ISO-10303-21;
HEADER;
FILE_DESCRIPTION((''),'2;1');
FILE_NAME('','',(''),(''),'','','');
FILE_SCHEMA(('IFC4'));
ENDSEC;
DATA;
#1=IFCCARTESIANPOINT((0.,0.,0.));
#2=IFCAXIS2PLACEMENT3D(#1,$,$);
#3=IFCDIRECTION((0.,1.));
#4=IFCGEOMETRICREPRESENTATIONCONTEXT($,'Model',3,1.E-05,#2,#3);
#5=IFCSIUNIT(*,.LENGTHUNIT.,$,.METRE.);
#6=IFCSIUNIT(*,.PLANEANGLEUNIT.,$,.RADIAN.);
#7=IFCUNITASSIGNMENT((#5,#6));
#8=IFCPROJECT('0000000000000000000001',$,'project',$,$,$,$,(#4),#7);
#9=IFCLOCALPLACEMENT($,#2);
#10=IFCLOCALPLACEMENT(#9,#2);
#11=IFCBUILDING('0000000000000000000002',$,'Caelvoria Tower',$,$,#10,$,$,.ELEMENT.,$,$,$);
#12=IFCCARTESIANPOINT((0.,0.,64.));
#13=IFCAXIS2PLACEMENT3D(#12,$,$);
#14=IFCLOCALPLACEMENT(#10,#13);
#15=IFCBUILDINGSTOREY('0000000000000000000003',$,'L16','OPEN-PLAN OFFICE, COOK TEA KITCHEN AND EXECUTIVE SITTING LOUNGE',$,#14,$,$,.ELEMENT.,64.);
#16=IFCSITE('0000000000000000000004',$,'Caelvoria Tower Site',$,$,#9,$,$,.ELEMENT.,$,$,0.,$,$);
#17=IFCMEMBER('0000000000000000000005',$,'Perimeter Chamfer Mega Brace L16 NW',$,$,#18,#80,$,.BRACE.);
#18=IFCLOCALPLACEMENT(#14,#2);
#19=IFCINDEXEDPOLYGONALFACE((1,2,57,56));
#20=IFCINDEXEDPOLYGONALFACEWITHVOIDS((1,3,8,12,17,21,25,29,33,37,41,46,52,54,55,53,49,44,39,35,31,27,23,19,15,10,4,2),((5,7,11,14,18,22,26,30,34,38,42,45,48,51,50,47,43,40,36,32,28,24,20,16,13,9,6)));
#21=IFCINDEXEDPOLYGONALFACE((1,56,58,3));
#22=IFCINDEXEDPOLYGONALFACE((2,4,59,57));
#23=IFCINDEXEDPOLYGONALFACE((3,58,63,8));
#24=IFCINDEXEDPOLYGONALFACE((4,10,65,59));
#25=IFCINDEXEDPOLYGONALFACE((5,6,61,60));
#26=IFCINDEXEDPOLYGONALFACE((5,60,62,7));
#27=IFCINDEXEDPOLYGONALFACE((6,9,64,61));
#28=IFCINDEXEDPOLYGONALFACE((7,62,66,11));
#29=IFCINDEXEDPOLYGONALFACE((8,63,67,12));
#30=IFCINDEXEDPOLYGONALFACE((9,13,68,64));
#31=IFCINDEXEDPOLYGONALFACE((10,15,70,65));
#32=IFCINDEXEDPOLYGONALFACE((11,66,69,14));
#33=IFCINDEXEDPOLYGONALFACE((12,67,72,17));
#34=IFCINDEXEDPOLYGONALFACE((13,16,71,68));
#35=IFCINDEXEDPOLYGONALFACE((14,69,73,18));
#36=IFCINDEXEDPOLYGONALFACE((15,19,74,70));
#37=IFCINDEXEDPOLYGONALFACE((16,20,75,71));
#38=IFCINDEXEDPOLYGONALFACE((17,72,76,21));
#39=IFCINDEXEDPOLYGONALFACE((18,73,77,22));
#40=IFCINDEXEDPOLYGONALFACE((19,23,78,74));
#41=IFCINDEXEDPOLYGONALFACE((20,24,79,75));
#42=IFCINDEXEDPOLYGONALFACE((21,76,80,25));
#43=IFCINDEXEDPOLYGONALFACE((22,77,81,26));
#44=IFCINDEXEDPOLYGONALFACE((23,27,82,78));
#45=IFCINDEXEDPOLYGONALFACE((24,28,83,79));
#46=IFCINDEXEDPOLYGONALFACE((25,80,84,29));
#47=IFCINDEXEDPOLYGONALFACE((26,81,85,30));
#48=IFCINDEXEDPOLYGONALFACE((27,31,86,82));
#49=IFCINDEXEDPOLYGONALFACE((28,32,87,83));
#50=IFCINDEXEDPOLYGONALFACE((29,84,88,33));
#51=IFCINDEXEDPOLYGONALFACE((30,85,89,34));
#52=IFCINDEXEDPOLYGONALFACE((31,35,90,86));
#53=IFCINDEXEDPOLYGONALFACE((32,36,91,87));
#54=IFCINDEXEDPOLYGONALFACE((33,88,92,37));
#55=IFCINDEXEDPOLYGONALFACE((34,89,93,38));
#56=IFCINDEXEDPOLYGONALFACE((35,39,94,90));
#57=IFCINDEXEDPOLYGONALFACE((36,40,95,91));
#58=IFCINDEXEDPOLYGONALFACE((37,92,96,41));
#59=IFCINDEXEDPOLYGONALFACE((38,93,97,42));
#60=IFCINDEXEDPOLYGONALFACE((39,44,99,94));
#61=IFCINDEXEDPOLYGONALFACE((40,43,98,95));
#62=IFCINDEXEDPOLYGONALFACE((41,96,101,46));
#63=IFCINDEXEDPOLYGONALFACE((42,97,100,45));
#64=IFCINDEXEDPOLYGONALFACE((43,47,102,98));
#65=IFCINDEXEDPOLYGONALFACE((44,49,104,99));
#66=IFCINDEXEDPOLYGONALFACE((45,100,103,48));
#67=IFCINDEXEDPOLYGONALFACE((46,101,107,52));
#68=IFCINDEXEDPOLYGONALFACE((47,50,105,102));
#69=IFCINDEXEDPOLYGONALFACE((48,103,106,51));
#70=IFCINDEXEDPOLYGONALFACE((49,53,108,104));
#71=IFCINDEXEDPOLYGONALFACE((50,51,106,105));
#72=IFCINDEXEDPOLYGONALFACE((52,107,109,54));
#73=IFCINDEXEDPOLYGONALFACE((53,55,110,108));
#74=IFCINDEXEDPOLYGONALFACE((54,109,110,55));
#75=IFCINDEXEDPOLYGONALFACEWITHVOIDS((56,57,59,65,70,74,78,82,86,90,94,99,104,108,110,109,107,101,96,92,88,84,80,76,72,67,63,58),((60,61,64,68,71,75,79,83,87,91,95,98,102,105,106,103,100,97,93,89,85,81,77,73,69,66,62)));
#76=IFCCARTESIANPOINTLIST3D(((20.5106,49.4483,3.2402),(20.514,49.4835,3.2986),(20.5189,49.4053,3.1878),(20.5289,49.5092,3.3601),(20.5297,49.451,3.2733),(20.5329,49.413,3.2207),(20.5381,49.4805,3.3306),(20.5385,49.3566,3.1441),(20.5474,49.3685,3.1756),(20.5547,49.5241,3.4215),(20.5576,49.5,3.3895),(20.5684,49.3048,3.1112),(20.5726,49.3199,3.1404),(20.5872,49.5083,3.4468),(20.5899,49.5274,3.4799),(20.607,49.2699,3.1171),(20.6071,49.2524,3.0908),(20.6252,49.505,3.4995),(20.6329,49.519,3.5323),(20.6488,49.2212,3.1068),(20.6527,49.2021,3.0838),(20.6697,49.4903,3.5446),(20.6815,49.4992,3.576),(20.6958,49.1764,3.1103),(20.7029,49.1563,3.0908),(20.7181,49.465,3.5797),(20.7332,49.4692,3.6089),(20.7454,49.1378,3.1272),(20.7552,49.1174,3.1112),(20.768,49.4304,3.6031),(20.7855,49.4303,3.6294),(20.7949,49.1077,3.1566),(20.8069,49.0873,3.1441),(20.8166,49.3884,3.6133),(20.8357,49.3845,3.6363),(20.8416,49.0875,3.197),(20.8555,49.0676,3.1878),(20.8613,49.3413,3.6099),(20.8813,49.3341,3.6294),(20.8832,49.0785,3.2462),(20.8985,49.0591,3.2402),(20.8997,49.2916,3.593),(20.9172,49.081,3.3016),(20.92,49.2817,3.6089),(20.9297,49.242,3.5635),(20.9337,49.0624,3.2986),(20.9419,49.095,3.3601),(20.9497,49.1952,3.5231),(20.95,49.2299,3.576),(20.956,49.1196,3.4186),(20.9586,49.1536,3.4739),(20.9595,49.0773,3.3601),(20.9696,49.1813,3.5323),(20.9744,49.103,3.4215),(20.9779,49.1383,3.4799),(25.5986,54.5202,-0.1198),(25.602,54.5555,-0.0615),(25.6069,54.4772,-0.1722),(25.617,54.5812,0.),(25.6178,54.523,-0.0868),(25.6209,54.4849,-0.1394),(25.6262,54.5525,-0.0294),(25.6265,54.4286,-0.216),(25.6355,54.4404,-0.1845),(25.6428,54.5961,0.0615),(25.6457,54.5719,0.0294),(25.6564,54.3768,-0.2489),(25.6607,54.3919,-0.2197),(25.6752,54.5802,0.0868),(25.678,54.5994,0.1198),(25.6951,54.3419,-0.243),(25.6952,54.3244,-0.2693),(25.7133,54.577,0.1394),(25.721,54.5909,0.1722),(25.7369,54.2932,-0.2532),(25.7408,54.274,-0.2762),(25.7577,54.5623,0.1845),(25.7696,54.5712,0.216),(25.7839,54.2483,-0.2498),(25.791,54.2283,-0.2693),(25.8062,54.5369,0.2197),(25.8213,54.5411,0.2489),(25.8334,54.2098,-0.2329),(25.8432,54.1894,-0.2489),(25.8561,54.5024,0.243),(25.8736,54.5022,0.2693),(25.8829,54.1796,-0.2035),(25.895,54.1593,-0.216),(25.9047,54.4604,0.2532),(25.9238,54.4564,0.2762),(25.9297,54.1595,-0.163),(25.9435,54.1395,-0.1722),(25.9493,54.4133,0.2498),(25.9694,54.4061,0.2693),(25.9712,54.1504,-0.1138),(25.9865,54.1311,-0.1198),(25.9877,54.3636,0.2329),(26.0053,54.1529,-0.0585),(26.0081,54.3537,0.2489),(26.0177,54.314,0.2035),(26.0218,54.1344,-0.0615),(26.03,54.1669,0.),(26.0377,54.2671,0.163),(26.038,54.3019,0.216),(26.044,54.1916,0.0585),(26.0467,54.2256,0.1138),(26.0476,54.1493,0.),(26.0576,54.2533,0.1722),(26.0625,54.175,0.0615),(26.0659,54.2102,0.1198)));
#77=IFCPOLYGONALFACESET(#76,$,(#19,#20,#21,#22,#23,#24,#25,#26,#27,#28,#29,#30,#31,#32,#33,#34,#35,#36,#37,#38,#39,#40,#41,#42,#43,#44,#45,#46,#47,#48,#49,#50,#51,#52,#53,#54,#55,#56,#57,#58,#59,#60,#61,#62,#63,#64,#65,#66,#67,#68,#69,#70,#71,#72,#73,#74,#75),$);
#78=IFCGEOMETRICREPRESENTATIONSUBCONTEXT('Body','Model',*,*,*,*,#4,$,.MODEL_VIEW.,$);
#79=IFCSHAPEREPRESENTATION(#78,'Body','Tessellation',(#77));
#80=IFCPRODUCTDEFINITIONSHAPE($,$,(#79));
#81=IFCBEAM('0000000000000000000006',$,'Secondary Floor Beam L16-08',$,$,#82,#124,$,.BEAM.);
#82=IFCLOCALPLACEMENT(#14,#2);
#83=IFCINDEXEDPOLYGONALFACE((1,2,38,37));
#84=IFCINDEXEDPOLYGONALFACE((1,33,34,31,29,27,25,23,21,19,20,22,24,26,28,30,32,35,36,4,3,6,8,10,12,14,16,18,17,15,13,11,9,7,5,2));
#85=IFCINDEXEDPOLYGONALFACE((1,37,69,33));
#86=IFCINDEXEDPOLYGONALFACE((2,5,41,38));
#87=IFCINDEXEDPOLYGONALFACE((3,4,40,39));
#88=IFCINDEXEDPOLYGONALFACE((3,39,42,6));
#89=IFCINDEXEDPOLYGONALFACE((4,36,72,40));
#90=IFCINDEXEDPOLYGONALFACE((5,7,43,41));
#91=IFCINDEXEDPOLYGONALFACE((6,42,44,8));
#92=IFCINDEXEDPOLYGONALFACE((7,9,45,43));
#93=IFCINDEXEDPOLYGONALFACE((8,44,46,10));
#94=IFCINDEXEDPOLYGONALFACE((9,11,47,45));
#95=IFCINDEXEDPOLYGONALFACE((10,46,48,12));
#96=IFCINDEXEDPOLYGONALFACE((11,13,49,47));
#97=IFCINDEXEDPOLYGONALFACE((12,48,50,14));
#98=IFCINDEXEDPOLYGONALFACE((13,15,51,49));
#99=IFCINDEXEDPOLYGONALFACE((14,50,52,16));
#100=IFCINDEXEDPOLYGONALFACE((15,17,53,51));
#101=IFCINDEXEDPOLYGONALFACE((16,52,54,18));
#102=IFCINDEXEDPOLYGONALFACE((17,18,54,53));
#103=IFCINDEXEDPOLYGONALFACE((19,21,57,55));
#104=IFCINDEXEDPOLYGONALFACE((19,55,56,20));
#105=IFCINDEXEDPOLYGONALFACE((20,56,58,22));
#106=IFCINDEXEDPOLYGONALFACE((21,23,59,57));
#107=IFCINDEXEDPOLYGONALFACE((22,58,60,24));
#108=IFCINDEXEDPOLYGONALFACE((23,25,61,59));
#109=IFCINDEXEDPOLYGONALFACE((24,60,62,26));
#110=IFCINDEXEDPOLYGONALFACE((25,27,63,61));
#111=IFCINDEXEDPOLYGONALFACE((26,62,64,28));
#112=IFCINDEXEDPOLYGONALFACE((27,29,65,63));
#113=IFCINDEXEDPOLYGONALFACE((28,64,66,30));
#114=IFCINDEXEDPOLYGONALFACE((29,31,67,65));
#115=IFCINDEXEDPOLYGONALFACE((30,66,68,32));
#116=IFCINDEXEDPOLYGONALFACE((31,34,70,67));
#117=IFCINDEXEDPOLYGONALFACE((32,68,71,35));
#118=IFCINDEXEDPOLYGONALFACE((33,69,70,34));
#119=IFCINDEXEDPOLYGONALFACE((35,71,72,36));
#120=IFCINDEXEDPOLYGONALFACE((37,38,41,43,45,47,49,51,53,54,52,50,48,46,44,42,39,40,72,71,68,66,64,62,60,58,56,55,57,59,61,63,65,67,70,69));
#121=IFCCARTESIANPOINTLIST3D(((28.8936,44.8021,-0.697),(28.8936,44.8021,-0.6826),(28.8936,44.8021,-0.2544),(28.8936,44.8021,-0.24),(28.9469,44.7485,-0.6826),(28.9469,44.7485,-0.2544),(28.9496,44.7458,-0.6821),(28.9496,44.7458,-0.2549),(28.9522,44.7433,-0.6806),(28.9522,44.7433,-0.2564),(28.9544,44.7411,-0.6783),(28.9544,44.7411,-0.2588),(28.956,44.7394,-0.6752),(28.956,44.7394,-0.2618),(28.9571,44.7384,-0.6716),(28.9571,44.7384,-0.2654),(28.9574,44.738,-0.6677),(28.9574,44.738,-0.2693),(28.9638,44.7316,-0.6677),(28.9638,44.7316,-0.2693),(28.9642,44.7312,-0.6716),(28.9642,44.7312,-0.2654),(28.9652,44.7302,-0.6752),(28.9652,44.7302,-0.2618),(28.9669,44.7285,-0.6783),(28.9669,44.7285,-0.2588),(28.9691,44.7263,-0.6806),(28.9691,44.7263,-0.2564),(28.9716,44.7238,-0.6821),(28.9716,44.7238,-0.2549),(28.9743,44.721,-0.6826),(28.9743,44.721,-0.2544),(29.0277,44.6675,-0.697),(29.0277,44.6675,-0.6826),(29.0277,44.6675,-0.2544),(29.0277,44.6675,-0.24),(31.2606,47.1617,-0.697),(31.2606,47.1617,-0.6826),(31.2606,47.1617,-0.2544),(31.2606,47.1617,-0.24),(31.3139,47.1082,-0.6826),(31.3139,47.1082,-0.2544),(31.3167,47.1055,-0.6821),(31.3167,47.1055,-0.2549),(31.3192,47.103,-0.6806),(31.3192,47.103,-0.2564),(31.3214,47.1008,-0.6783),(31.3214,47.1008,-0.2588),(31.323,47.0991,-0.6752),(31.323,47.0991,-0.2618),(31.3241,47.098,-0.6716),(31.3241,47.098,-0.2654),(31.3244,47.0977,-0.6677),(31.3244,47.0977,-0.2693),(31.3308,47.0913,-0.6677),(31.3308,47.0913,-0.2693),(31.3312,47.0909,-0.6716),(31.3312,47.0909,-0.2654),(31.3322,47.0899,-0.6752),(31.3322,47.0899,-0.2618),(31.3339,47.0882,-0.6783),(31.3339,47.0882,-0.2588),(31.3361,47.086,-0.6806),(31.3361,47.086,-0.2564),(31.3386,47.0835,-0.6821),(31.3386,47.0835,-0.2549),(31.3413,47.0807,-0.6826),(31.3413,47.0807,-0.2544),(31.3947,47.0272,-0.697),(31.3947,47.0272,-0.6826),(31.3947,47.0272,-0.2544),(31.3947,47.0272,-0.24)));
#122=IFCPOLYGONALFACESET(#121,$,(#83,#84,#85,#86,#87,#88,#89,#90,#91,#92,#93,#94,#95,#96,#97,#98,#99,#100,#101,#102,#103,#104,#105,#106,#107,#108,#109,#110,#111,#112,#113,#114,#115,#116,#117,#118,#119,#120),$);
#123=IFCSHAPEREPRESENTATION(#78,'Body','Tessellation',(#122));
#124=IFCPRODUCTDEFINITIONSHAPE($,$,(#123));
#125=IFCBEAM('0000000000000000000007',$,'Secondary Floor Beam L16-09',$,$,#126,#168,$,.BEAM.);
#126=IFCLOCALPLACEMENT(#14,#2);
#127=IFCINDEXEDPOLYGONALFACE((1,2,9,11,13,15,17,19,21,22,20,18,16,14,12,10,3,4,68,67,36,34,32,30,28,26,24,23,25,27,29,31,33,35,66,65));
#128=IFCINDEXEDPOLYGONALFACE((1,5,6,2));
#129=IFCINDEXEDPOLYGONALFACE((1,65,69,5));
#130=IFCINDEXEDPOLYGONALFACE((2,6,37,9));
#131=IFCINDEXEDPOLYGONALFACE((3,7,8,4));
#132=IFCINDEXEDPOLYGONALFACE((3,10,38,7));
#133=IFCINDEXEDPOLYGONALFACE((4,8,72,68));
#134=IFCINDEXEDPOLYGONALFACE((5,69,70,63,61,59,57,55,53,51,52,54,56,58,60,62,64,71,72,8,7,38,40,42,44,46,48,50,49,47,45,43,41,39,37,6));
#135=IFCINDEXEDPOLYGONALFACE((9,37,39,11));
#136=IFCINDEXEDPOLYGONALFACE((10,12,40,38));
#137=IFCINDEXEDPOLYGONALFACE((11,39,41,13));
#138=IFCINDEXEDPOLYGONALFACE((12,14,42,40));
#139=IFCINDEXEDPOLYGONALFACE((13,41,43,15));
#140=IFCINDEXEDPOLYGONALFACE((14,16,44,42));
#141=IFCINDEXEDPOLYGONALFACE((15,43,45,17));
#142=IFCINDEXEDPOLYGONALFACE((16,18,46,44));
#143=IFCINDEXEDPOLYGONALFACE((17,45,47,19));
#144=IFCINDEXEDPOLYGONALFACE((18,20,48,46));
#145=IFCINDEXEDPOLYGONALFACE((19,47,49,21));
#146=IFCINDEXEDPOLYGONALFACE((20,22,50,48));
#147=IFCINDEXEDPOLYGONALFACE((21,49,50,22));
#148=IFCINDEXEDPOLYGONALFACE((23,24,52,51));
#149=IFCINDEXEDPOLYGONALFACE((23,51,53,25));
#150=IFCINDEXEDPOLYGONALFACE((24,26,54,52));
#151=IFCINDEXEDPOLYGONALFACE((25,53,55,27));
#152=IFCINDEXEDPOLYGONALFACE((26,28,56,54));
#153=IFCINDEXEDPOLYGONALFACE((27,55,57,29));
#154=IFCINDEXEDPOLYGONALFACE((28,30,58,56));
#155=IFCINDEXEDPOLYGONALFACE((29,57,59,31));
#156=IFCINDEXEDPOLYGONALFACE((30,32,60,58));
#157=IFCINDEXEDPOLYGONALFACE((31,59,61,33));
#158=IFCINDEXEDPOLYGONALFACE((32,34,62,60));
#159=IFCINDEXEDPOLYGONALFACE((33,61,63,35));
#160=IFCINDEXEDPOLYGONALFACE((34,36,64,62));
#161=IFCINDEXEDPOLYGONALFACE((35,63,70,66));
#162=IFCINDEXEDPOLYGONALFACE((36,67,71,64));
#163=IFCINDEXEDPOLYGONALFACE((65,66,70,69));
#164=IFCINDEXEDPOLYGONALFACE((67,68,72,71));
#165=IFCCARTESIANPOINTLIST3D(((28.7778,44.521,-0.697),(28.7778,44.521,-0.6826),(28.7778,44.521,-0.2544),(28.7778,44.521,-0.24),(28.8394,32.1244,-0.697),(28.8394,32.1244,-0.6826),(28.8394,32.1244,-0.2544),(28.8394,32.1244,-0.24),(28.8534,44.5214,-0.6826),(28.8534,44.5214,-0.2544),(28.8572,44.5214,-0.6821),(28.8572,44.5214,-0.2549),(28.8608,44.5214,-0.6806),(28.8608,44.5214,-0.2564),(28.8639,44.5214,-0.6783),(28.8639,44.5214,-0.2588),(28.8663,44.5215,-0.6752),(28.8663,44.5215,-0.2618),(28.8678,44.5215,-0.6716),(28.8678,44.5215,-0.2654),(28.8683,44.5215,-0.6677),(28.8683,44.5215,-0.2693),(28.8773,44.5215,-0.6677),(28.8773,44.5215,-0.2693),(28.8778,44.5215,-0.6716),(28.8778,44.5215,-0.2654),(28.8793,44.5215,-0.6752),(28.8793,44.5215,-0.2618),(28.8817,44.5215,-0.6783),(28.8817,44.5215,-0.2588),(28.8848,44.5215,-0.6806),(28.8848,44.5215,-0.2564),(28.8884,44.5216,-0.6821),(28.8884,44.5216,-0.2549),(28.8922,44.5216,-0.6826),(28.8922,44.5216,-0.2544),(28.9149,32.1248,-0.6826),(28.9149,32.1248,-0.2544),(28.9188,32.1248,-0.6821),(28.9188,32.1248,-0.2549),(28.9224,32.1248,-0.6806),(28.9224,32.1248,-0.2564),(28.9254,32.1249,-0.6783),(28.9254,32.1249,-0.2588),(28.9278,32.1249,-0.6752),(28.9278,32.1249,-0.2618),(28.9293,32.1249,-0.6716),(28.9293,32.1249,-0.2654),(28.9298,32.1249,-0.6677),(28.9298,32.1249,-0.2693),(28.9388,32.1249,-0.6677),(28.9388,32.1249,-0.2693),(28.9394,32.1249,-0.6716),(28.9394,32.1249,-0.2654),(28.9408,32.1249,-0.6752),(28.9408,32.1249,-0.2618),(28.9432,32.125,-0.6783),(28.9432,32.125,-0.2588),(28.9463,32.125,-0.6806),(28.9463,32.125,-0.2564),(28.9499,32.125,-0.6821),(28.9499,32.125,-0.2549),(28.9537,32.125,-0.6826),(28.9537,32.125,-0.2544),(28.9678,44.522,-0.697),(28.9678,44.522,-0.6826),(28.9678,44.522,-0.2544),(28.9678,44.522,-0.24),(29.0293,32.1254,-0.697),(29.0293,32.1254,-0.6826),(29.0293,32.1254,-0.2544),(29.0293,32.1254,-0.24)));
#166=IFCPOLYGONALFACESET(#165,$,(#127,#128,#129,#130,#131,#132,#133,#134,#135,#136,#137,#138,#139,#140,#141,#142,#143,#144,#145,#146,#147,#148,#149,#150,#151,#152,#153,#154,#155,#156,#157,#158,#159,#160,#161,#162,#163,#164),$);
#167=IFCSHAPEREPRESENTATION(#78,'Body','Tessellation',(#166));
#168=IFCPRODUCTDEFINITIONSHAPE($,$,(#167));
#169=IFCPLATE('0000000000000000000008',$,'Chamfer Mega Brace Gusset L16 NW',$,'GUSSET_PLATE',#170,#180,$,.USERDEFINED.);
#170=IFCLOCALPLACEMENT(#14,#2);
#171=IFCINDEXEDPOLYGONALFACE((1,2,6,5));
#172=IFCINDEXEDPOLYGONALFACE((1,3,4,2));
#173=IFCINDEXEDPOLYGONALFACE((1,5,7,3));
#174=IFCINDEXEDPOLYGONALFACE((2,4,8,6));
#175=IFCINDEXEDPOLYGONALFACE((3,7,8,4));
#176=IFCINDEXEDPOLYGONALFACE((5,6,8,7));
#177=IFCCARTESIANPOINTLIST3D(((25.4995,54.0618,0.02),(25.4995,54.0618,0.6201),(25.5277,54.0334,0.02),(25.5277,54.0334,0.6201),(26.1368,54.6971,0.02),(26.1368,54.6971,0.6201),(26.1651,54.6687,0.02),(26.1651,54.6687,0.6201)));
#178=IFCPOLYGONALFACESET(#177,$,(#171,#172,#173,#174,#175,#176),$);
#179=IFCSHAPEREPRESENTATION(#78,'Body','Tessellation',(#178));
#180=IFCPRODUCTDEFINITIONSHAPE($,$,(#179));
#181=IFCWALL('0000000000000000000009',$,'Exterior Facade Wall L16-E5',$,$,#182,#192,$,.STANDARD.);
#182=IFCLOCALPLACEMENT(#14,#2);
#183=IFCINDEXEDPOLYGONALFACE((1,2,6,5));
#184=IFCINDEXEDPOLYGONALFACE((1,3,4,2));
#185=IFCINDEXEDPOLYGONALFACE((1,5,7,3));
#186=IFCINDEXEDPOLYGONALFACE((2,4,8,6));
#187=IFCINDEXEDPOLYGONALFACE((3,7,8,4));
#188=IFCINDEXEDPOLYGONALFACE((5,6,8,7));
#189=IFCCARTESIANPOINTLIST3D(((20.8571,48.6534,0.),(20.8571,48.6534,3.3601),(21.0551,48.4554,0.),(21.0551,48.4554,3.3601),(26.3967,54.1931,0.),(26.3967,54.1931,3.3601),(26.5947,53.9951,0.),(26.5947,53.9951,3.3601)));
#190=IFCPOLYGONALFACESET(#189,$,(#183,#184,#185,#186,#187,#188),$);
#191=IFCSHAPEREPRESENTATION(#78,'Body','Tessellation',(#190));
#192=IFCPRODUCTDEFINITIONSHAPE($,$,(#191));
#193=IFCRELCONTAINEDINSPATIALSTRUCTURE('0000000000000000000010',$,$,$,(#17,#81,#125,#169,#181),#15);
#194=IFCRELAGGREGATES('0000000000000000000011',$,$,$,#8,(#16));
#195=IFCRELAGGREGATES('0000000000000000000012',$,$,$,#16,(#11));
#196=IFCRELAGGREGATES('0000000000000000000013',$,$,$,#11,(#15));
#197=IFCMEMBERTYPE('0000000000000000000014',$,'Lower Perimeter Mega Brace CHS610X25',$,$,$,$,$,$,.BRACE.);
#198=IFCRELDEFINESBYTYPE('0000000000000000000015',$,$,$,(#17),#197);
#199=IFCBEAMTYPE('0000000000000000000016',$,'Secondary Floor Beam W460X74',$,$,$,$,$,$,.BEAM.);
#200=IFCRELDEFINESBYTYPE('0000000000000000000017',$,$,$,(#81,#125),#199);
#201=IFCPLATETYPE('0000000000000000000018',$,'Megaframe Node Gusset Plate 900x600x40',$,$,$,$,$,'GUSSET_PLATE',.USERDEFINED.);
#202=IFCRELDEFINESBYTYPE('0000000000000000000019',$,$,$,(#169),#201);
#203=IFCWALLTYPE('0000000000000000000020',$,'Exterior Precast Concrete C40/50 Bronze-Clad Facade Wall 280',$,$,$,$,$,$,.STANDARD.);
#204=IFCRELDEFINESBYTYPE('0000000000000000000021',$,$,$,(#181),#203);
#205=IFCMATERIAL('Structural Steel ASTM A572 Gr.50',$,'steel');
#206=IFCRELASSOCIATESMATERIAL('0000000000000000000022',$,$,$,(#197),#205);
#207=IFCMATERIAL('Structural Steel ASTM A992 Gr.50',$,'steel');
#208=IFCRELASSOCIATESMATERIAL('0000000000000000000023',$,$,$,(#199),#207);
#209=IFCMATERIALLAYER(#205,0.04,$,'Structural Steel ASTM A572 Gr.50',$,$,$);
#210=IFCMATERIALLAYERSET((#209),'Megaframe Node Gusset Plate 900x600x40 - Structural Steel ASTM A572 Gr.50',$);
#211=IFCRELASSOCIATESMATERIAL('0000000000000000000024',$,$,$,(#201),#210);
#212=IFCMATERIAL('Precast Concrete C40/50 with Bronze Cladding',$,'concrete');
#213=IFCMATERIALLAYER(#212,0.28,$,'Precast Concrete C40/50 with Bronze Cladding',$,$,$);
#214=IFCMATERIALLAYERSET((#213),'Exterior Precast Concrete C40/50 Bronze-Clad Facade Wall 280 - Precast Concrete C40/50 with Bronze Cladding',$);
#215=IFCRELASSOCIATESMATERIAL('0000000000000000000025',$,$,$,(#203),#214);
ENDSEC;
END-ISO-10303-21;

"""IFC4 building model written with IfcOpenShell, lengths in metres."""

from ifc_helpers import new_model, si_unit, direction, frame, frame_2d, origin, origin_2d, place, context, subcontext, project, spatial, rectangle, hollow_circle, i_section, extrude, material, layer, layer_set, material_profile, profile_set, type_object, element, save


model = new_model("IFC4")

# Units and contexts
model_context = context("Model", 3, precision=1e-05, world=origin(), true_north=direction((0.0, 1.0)))
body_context = subcontext(model_context, "Body", "Model", "MODEL_VIEW")
ifc_project = project(units=[si_unit("LENGTHUNIT", "METRE"), si_unit("PLANEANGLEUNIT", "RADIAN")], contexts=[model_context])

# Site, building, storey
site_placement = place(None, origin())
site = spatial("IfcSite", under=ifc_project, at=site_placement, Name="Caelvoria Tower Site", CompositionType="ELEMENT", RefElevation=0.0)
building_placement = place(site_placement, origin())
building = spatial("IfcBuilding", under=site, at=building_placement, Name="Caelvoria Tower", CompositionType="ELEMENT")
storey_placement = place(building_placement, frame((0.0, 0.0, 64.0)))
storey = spatial("IfcBuildingStorey", under=building, at=storey_placement, Name="L16", Description="OPEN-PLAN OFFICE, COOK TEA KITCHEN AND EXECUTIVE SITTING LOUNGE", CompositionType="ELEMENT", Elevation=64.0)

# Member
ifc_material_1 = material(Name="Structural Steel ASTM A572 Gr.50", Category="steel")
ifc_material_profile_1 = material_profile(ifc_material_1, hollow_circle(Radius=0.3049, WallThickness=0.0249, at=origin_2d()), Name="Structural Steel ASTM A572 Gr.50")
ifc_profile_set_1 = profile_set([ifc_material_profile_1], Name="CHS610X25 - Structural Steel ASTM A572 Gr.50")
member_type = type_object("IfcMemberType", Name="Lower Perimeter Mega Brace CHS610X25", PredefinedType="BRACE", material=ifc_profile_set_1)
member_placement = place(storey_placement, frame((25.8323, 54.3652, 0.0), z_axis=(-0.641529, -0.639498, 0.423654), x_axis=(0.705984, -0.708227, 0.0)))
element("IfcMember", 1, at=member_placement, inside=storey, type_object=member_type, Name="Perimeter Chamfer Mega Brace L16 NW", PredefinedType="BRACE", context=body_context, shape_type="SweptSolid", body=[
    extrude(hollow_circle(Radius=0.3049, WallThickness=0.0249, at=origin_2d()), origin(), (0.0, 0.0, 1.0), 7.9312),
])

# Beams
ifc_material_2 = material(Name="Structural Steel ASTM A992 Gr.50", Category="steel")
ifc_material_profile_2 = material_profile(ifc_material_2, i_section(OverallWidth=0.1899, OverallDepth=0.457, WebThickness=0.009, FlangeThickness=0.0144, FilletRadius=0.0149, at=origin_2d()), Name="Structural Steel ASTM A992 Gr.50")
ifc_profile_set_2 = profile_set([ifc_material_profile_2], Name="W460X74 - Structural Steel ASTM A992 Gr.50")
beam_type = type_object("IfcBeamType", Name="Secondary Floor Beam W460X74", PredefinedType="BEAM", material=ifc_profile_set_2)
beam_1_placement = place(storey_placement, frame((31.3276, 47.0945, -0.4685), z_axis=(-0.708202, -0.70601, 0.0), x_axis=(0.70601, -0.708202, 0.0)))
element("IfcBeam", 2, at=beam_1_placement, inside=storey, type_object=beam_type, Name="Secondary Floor Beam L16-08", PredefinedType="BEAM", context=body_context, shape_type="SweptSolid", body=[
    extrude(i_section(OverallWidth=0.1899, OverallDepth=0.457, WebThickness=0.009, FlangeThickness=0.0144, FilletRadius=0.0149, at=origin_2d()), origin(), (0.0, 0.0, 1.0), 3.3423),
])
beam_2_placement = place(storey_placement, frame((28.8728, 44.5215, -0.4685), z_axis=(0.004963, -0.999988, 0.0), x_axis=(0.999988, 0.004963, 0.0)))
element("IfcBeam", 3, at=beam_2_placement, inside=storey, type_object=beam_type, Name="Secondary Floor Beam L16-09", PredefinedType="BEAM", context=body_context, shape_type="SweptSolid", body=[
    extrude(i_section(OverallWidth=0.1899, OverallDepth=0.457, WebThickness=0.009, FlangeThickness=0.0144, FilletRadius=0.0149, at=origin_2d()), origin(), (0.0, 0.0, 1.0), 12.3967),
])

# Plate
ifc_layer_1 = layer(ifc_material_1, 0.04, Name="Structural Steel ASTM A572 Gr.50")
ifc_layer_set_1 = layer_set([ifc_layer_1], Name="Megaframe Node Gusset Plate 900x600x40 - Structural Steel ASTM A572 Gr.50")
plate_type = type_object("IfcPlateType", Name="Megaframe Node Gusset Plate 900x600x40", ElementType="GUSSET_PLATE", PredefinedType="USERDEFINED", material=ifc_layer_set_1)
plate_placement = place(storey_placement, frame((25.8323, 54.3652, 0.02), z_axis=(0.0, 0.0, 1.0), x_axis=(-0.708219, -0.705993, 0.0)))
element("IfcPlate", 4, at=plate_placement, inside=storey, type_object=plate_type, Name="Chamfer Mega Brace Gusset L16 NW", ObjectType="GUSSET_PLATE", PredefinedType="USERDEFINED", context=body_context, shape_type="SweptSolid", body=[
    extrude(rectangle(XDim=0.8999, YDim=0.04, at=origin_2d()), origin(), (0.0, 0.0, 1.0), 0.6001),
])

# Wall
ifc_material_3 = material(Name="Precast Concrete C40/50 with Bronze Cladding", Category="concrete")
ifc_layer_2 = layer(ifc_material_3, 0.28, Name="Precast Concrete C40/50 with Bronze Cladding")
ifc_layer_set_2 = layer_set([ifc_layer_2], Name="Exterior Precast Concrete C40/50 Bronze-Clad Facade Wall 280 - Precast Concrete C40/50 with Bronze Cladding")
wall_type_1 = type_object("IfcWallType", Name="Exterior Precast Concrete C40/50 Bronze-Clad Facade Wall 280", PredefinedType="STANDARD", material=ifc_layer_set_2)
wall_1_placement = place(storey_placement, frame((26.4956, 54.094, 0.0), z_axis=(0.0, 0.0, 1.0), x_axis=(-0.707107, -0.707107, 0.0)))
element("IfcWall", 5, at=wall_1_placement, inside=storey, type_object=wall_type_1, Name="Exterior Facade Wall L16-E5", PredefinedType="STANDARD", context=body_context, shape_type="SweptSolid", body=[
    extrude(rectangle(XDim=7.8342, YDim=0.28, at=frame_2d((3.917, 0.0))), origin(), (0.0, 0.0, 1.0), 3.3601),
])

save(model, "model.ifc")
